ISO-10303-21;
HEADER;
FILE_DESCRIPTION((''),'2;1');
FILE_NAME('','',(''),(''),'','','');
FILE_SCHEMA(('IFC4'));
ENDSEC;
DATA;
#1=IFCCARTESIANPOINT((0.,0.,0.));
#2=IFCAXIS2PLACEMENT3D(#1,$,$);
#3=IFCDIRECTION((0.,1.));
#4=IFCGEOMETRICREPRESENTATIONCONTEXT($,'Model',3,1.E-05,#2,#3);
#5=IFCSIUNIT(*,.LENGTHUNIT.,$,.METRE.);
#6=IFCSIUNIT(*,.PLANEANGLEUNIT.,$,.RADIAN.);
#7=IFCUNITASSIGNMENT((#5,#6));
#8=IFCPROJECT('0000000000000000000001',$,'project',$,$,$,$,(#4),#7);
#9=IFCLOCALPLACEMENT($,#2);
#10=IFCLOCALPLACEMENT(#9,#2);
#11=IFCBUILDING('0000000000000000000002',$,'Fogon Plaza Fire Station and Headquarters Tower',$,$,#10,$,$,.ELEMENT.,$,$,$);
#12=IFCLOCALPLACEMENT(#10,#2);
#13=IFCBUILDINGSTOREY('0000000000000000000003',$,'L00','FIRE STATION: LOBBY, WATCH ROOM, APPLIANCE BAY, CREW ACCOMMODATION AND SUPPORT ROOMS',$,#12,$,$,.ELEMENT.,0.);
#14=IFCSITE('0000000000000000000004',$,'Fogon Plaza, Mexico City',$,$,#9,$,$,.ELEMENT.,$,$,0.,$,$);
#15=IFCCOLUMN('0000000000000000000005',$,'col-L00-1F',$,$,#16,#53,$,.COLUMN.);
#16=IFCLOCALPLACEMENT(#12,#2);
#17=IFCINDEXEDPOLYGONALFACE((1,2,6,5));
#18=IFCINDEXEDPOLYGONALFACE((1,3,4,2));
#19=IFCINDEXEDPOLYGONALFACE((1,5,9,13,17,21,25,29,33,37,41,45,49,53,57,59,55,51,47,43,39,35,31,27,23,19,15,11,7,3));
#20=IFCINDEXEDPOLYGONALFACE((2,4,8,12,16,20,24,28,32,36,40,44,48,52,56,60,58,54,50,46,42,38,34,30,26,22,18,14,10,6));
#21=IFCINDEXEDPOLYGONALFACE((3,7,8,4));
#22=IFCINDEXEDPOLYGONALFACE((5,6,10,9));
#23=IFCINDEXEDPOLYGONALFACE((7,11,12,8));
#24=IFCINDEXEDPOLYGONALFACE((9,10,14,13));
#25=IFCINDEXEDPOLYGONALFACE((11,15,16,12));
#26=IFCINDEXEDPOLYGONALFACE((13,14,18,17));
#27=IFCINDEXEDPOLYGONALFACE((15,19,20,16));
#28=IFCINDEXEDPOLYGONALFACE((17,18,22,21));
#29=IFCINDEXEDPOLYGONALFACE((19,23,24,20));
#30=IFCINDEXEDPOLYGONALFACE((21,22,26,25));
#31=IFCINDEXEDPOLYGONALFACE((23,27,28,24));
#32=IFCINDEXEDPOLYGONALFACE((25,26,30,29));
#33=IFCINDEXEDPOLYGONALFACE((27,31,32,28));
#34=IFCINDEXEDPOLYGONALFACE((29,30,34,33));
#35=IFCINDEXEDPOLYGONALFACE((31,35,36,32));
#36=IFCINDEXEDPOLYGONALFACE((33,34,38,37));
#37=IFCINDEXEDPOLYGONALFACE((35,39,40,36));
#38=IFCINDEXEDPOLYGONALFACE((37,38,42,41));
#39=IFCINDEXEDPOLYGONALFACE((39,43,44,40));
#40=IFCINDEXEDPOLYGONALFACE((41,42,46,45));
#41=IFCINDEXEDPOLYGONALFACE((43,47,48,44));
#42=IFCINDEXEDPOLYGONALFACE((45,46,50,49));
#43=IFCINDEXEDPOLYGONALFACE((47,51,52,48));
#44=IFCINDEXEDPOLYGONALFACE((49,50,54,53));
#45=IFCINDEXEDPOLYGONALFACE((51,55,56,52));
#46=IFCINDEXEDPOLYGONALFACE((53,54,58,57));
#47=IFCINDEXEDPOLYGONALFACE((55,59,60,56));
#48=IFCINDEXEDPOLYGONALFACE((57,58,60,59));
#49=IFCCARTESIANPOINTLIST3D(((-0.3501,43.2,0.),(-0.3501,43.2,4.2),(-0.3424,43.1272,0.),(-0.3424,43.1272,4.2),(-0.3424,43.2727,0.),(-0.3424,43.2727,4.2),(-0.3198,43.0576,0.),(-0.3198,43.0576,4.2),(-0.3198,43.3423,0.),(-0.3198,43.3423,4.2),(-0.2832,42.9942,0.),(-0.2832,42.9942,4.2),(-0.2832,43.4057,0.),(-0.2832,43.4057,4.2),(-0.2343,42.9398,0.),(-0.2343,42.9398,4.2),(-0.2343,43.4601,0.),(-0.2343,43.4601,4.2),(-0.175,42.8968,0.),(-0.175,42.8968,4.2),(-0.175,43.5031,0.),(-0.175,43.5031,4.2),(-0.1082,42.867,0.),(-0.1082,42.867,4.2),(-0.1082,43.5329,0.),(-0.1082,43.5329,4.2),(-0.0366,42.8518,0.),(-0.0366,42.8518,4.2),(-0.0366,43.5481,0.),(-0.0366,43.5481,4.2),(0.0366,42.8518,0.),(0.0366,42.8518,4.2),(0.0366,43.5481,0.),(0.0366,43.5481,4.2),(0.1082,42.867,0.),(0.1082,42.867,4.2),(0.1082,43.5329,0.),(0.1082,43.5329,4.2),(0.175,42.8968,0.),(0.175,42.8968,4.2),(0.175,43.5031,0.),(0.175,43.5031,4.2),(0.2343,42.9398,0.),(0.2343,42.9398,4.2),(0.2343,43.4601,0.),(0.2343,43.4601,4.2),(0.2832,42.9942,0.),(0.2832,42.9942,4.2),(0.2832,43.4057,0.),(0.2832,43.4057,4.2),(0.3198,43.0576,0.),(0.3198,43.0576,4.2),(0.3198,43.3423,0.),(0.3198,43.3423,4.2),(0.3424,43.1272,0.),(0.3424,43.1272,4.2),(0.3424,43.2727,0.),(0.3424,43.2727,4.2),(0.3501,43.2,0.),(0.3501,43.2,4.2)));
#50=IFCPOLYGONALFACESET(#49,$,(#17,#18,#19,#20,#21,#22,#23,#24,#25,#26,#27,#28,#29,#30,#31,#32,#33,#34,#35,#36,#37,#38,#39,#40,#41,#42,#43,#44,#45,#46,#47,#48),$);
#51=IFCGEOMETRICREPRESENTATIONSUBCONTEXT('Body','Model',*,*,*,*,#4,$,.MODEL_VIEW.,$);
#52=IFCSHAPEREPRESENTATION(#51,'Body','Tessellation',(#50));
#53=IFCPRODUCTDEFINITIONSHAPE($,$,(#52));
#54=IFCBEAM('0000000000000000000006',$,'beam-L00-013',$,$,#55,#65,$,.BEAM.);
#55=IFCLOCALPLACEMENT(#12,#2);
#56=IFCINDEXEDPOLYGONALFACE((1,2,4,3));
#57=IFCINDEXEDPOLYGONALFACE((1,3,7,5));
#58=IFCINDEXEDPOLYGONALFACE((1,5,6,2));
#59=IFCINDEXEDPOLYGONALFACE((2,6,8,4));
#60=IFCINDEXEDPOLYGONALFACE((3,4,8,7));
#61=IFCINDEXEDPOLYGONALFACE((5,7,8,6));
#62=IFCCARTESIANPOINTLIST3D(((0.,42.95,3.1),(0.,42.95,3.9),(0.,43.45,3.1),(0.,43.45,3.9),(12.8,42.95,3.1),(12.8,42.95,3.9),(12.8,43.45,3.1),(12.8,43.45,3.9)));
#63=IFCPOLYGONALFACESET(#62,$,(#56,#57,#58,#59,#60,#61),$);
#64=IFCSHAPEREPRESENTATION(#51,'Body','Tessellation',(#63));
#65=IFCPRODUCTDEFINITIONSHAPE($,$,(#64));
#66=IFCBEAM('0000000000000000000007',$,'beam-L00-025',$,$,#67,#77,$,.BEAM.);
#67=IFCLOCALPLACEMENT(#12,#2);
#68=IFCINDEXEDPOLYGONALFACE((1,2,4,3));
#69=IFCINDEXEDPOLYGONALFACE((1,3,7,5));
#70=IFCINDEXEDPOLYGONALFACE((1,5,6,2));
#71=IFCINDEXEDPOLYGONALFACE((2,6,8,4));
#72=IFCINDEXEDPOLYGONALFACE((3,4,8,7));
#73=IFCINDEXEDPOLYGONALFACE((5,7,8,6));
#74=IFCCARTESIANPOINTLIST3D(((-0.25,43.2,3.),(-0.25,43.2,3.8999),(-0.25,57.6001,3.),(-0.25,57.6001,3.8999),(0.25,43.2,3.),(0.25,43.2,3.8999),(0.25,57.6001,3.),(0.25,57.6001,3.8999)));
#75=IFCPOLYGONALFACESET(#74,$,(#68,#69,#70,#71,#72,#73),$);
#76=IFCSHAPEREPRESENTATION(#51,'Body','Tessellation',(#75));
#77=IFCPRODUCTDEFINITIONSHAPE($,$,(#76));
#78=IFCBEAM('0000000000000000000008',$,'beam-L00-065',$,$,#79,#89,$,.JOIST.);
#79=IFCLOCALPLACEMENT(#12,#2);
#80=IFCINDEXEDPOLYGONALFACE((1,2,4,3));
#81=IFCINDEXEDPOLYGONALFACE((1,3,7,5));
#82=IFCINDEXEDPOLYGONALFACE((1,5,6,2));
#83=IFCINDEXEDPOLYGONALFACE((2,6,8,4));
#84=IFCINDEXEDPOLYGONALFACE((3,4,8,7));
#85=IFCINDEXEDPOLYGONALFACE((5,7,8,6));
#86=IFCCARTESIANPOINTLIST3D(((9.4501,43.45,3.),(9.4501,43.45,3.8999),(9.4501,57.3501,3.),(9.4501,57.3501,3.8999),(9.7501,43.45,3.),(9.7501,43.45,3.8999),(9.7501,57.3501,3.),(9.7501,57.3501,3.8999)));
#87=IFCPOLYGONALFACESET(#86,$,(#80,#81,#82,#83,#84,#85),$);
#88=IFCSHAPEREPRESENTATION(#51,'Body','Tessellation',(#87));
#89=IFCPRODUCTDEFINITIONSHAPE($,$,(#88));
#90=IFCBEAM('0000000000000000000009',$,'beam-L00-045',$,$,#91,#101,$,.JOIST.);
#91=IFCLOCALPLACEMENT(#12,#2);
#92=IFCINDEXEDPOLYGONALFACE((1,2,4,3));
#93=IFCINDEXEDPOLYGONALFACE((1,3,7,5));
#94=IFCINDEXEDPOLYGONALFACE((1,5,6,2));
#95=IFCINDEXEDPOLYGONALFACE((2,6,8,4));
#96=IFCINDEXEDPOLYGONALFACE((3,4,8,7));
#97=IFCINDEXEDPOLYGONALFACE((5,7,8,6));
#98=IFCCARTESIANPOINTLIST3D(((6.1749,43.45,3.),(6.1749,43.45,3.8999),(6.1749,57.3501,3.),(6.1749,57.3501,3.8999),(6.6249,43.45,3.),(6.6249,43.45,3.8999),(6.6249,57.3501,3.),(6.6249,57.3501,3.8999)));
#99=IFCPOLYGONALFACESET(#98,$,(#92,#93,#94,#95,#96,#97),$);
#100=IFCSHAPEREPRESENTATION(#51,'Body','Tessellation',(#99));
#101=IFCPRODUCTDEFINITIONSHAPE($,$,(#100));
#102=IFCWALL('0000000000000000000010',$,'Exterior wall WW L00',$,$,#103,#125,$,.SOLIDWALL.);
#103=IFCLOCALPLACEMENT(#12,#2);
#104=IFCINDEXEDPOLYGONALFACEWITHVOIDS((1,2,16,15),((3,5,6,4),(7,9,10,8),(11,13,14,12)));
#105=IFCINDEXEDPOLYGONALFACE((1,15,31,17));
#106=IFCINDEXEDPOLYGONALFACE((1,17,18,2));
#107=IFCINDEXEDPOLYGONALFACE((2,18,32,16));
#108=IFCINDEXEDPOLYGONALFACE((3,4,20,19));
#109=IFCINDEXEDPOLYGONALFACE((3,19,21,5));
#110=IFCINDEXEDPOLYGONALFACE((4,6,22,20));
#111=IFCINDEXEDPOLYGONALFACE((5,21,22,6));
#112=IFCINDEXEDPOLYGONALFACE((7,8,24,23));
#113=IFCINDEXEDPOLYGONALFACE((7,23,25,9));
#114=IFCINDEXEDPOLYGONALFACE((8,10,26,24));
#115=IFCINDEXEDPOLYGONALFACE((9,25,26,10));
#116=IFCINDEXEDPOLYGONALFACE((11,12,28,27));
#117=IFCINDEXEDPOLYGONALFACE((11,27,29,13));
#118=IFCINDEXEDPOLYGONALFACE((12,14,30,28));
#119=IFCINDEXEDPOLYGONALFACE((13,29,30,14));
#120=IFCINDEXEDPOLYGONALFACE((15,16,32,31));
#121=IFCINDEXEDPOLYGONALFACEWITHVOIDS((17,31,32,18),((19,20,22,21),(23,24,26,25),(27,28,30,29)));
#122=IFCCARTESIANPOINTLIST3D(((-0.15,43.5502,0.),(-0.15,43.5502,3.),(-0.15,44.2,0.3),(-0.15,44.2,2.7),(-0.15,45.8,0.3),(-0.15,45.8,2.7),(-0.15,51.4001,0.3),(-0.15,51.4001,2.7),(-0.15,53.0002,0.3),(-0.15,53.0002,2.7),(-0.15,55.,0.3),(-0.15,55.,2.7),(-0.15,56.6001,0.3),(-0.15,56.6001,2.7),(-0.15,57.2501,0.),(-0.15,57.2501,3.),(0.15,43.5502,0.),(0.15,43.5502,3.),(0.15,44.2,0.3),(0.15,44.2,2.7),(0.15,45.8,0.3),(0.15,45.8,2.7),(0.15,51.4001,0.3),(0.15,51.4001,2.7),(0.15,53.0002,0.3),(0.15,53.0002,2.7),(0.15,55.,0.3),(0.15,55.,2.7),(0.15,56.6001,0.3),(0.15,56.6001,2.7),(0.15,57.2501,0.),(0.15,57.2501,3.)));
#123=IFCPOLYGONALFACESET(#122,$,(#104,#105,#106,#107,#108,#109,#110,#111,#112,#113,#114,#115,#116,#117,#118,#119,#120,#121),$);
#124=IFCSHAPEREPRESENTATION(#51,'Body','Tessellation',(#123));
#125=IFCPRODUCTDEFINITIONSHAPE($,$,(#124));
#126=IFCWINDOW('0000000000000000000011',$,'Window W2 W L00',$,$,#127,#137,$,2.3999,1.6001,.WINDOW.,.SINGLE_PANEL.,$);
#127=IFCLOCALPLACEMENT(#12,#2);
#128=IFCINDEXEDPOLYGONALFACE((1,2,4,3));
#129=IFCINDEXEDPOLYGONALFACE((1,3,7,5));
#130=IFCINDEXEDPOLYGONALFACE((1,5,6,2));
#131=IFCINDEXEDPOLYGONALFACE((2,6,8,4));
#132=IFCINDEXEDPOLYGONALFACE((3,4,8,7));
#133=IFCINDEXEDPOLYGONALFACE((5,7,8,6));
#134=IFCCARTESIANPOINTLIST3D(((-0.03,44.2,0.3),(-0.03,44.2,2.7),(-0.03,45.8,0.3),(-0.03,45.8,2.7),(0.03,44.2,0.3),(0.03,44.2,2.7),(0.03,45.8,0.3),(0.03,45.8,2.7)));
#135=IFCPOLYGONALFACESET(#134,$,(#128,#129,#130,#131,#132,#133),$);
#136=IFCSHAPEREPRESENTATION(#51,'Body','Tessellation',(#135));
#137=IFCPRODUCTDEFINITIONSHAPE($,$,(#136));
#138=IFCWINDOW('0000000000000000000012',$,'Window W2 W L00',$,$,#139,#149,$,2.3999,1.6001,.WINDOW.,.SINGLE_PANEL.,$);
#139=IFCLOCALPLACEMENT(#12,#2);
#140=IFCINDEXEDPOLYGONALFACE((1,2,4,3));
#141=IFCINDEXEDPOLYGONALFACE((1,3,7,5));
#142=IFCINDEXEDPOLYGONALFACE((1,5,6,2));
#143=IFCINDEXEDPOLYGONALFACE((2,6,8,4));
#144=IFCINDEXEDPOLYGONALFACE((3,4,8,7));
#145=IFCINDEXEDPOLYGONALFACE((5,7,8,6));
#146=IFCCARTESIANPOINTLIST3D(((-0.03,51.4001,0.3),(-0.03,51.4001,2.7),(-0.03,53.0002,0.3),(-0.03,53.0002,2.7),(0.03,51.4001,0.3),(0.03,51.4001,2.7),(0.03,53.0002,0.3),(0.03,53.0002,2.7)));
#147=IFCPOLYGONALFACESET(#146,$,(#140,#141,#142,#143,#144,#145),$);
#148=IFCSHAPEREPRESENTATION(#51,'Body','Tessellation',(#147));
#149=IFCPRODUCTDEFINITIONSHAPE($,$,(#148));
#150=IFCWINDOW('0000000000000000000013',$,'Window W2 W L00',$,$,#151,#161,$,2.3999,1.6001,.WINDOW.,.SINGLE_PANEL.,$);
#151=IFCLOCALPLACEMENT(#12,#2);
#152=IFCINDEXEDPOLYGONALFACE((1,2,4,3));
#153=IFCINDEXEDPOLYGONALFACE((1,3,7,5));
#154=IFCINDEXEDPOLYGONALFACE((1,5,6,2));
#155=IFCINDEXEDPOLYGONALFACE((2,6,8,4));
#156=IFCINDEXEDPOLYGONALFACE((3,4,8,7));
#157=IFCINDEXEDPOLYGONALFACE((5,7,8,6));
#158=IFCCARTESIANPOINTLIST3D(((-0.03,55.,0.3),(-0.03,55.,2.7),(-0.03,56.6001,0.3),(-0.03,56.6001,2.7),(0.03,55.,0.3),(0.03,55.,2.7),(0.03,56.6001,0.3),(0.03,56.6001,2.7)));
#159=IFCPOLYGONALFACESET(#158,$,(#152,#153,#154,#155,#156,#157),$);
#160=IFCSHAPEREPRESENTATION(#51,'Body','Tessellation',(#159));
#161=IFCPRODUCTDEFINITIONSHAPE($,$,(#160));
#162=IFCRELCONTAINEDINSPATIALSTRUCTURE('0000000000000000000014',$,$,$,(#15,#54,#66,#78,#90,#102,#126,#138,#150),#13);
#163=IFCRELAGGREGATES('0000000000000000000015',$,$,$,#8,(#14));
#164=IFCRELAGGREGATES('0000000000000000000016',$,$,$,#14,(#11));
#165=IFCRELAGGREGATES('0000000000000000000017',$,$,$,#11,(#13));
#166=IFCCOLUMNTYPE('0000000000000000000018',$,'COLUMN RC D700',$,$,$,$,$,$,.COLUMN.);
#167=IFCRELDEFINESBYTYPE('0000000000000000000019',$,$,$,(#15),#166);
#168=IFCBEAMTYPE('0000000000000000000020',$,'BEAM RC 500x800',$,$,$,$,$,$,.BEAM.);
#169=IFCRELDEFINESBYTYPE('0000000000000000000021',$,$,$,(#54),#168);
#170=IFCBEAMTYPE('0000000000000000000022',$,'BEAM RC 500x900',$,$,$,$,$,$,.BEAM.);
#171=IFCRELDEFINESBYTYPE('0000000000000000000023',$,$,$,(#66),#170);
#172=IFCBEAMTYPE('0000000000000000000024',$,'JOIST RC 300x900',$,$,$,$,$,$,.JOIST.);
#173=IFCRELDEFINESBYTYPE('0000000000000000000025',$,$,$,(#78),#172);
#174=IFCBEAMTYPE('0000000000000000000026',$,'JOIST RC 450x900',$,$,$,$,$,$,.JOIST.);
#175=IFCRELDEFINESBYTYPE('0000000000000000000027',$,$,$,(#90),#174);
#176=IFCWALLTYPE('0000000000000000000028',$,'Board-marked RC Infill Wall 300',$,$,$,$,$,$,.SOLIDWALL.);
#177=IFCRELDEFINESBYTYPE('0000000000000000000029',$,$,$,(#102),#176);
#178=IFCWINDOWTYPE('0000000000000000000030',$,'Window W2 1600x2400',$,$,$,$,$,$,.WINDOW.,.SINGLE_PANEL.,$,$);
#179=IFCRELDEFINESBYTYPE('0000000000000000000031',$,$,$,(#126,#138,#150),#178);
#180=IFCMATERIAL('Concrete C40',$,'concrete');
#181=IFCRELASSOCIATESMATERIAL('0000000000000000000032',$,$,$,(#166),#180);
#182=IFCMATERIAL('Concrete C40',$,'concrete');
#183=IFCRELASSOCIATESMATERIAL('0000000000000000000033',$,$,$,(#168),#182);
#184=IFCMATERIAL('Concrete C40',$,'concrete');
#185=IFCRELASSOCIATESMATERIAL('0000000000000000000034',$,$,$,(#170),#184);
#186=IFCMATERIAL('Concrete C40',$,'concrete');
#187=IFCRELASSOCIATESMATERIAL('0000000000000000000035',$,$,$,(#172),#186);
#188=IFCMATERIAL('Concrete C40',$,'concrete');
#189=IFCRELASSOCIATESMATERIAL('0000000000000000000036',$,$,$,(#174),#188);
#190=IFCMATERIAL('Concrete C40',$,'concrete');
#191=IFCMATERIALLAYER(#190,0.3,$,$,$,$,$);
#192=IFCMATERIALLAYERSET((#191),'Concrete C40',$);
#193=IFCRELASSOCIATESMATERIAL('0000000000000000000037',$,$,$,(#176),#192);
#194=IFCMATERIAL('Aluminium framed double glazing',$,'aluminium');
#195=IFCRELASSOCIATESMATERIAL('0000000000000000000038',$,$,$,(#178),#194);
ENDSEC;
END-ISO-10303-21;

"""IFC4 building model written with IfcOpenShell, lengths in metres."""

from ifc_helpers import new_model, si_unit, direction, frame, frame_2d, origin, origin_2d, place, context, subcontext, project, spatial, rectangle, circle, extrude, material, layer, layer_set, material_profile, profile_set, type_object, element, fill, save


model = new_model("IFC4")

# Units and contexts
model_context = context("Model", 3, precision=1e-05, world=origin(), true_north=direction((0.0, 1.0)))
body_context = subcontext(model_context, "Body", "Model", "MODEL_VIEW")
ifc_project = project(units=[si_unit("LENGTHUNIT", "METRE"), si_unit("PLANEANGLEUNIT", "RADIAN")], contexts=[model_context])

# Site, building, storey
site_placement = place(None, origin())
site = spatial("IfcSite", under=ifc_project, at=site_placement, Name="Fogon Plaza, Mexico City", CompositionType="ELEMENT", RefElevation=0.0)
building_placement = place(site_placement, origin())
building = spatial("IfcBuilding", under=site, at=building_placement, Name="Fogon Plaza Fire Station and Headquarters Tower", CompositionType="ELEMENT")
storey_placement = place(building_placement, origin())
storey = spatial("IfcBuildingStorey", under=building, at=storey_placement, Name="L00", Description="FIRE STATION: LOBBY, WATCH ROOM, APPLIANCE BAY, CREW ACCOMMODATION AND SUPPORT ROOMS", CompositionType="ELEMENT", Elevation=0.0)

# Column
ifc_material_1 = material(Name="Concrete C40", Category="concrete")
ifc_material_profile_1 = material_profile(ifc_material_1, circle(Radius=0.3501, at=origin_2d()), Name="RC D700")
ifc_profile_set_1 = profile_set([ifc_material_profile_1], Name="Concrete C40")
column_type = type_object("IfcColumnType", Name="COLUMN RC D700", PredefinedType="COLUMN", material=ifc_profile_set_1)
column_placement = place(storey_placement, frame((0.0, 43.2, 0.0), z_axis=(0.0, 0.0, 1.0), x_axis=(1.0, 0.0, 0.0)))
element("IfcColumn", 1, at=column_placement, inside=storey, type_object=column_type, Name="col-L00-1F", PredefinedType="COLUMN", context=body_context, shape_type="SweptSolid", body=[
    extrude(circle(Radius=0.3501, at=origin_2d()), origin(), (0.0, 0.0, 1.0), 4.2),
])

# Beams
ifc_material_2 = material(Name="Concrete C40", Category="concrete")
ifc_material_profile_2 = material_profile(ifc_material_2, rectangle(XDim=0.5, YDim=0.8, at=origin_2d()), Name="RC 500x800")
ifc_profile_set_2 = profile_set([ifc_material_profile_2], Name="Concrete C40")
beam_type_1 = type_object("IfcBeamType", Name="BEAM RC 500x800", PredefinedType="BEAM", material=ifc_profile_set_2)
beam_1_placement = place(storey_placement, frame((0.0, 43.2, 3.5), z_axis=(1.0, 0.0, 0.0), x_axis=(0.0, 1.0, 0.0)))
element("IfcBeam", 2, at=beam_1_placement, inside=storey, type_object=beam_type_1, Name="beam-L00-013", PredefinedType="BEAM", context=body_context, shape_type="SweptSolid", body=[
    extrude(rectangle(XDim=0.5, YDim=0.8, at=origin_2d()), origin(), (0.0, 0.0, 1.0), 12.8),
])
ifc_material_3 = material(Name="Concrete C40", Category="concrete")
ifc_material_profile_3 = material_profile(ifc_material_3, rectangle(XDim=0.5, YDim=0.8999, at=origin_2d()), Name="RC 500x900")
ifc_profile_set_3 = profile_set([ifc_material_profile_3], Name="Concrete C40")
beam_type_2 = type_object("IfcBeamType", Name="BEAM RC 500x900", PredefinedType="BEAM", material=ifc_profile_set_3)
beam_2_placement = place(storey_placement, frame((0.0, 43.2, 3.45), z_axis=(0.0, 1.0, 0.0), x_axis=(-1.0, 0.0, 0.0)))
element("IfcBeam", 3, at=beam_2_placement, inside=storey, type_object=beam_type_2, Name="beam-L00-025", PredefinedType="BEAM", context=body_context, shape_type="SweptSolid", body=[
    extrude(rectangle(XDim=0.5, YDim=0.8999, at=origin_2d()), origin(), (0.0, 0.0, 1.0), 14.4001),
])
ifc_material_4 = material(Name="Concrete C40", Category="concrete")
ifc_material_profile_4 = material_profile(ifc_material_4, rectangle(XDim=0.3, YDim=0.8999, at=origin_2d()), Name="RC 300x900")
ifc_profile_set_4 = profile_set([ifc_material_profile_4], Name="Concrete C40")
beam_type_3 = type_object("IfcBeamType", Name="JOIST RC 300x900", PredefinedType="JOIST", material=ifc_profile_set_4)
beam_3_placement = place(storey_placement, frame((9.6001, 43.45, 3.45), z_axis=(0.0, 1.0, 0.0), x_axis=(-1.0, 0.0, 0.0)))
element("IfcBeam", 4, at=beam_3_placement, inside=storey, type_object=beam_type_3, Name="beam-L00-065", PredefinedType="JOIST", context=body_context, shape_type="SweptSolid", body=[
    extrude(rectangle(XDim=0.3, YDim=0.8999, at=origin_2d()), origin(), (0.0, 0.0, 1.0), 13.9001),
])
ifc_material_5 = material(Name="Concrete C40", Category="concrete")
ifc_material_profile_5 = material_profile(ifc_material_5, rectangle(XDim=0.45, YDim=0.8999, at=origin_2d()), Name="RC 450x900")
ifc_profile_set_5 = profile_set([ifc_material_profile_5], Name="Concrete C40")
beam_type_4 = type_object("IfcBeamType", Name="JOIST RC 450x900", PredefinedType="JOIST", material=ifc_profile_set_5)
beam_4_placement = place(storey_placement, frame((6.3999, 43.45, 3.45), z_axis=(0.0, 1.0, 0.0), x_axis=(-1.0, 0.0, 0.0)))
element("IfcBeam", 5, at=beam_4_placement, inside=storey, type_object=beam_type_4, Name="beam-L00-045", PredefinedType="JOIST", context=body_context, shape_type="SweptSolid", body=[
    extrude(rectangle(XDim=0.45, YDim=0.8999, at=origin_2d()), origin(), (0.0, 0.0, 1.0), 13.9001),
])

# Wall, openings, windows
ifc_material_6 = material(Name="Concrete C40", Category="concrete")
ifc_layer_1 = layer(ifc_material_6, 0.3)
ifc_layer_set_1 = layer_set([ifc_layer_1], Name="Concrete C40")
wall_type_1 = type_object("IfcWallType", Name="Board-marked RC Infill Wall 300", PredefinedType="SOLIDWALL", material=ifc_layer_set_1)
wall_1_placement = place(storey_placement, frame((0.0, 43.55, 0.0), z_axis=(0.0, 0.0, 1.0), x_axis=(0.0, 1.0, 0.0)))
wall_1 = element("IfcWall", 6, at=wall_1_placement, inside=storey, type_object=wall_type_1, Name="Exterior wall WW L00", PredefinedType="SOLIDWALL", context=body_context, shape_type="SweptSolid", body=[
    extrude(rectangle(XDim=13.7, YDim=0.3, at=frame_2d((6.8501, 0.0))), origin(), (0.0, 0.0, 1.0), 3.0),
])
opening_1_placement = place(wall_1_placement, frame((0.6499, 0.0, 0.3)))
opening_1 = element("IfcOpeningElement", 7, at=opening_1_placement, cuts=wall_1, PredefinedType="OPENING", context=body_context, shape_type="SweptSolid", body=[
    extrude(rectangle(XDim=1.6001, YDim=2.3999, at=frame_2d((0.8, 1.2))), frame((0.0, 0.1599, 0.0), z_axis=(0.0, -1.0, 0.0), x_axis=(1.0, 0.0, 0.0)), (0.0, 0.0, 1.0), 0.3201),
])
opening_2_placement = place(wall_1_placement, frame((7.8501, 0.0, 0.3)))
opening_2 = element("IfcOpeningElement", 8, at=opening_2_placement, cuts=wall_1, PredefinedType="OPENING", context=body_context, shape_type="SweptSolid", body=[
    extrude(rectangle(XDim=1.6001, YDim=2.3999, at=frame_2d((0.8, 1.2))), frame((0.0, 0.1599, 0.0), z_axis=(0.0, -1.0, 0.0), x_axis=(1.0, 0.0, 0.0)), (0.0, 0.0, 1.0), 0.3201),
])
opening_3_placement = place(wall_1_placement, frame((11.45, 0.0, 0.3)))
opening_3 = element("IfcOpeningElement", 9, at=opening_3_placement, cuts=wall_1, PredefinedType="OPENING", context=body_context, shape_type="SweptSolid", body=[
    extrude(rectangle(XDim=1.6001, YDim=2.3999, at=frame_2d((0.8, 1.2))), frame((0.0, 0.1599, 0.0), z_axis=(0.0, -1.0, 0.0), x_axis=(1.0, 0.0, 0.0)), (0.0, 0.0, 1.0), 0.3201),
])
ifc_material_7 = material(Name="Aluminium framed double glazing", Category="aluminium")
window_type = type_object("IfcWindowType", Name="Window W2 1600x2400", PartitioningType="SINGLE_PANEL", PredefinedType="WINDOW", material=ifc_material_7)
window_1_placement = place(opening_1_placement, origin())
window_1 = element("IfcWindow", 10, at=window_1_placement, inside=storey, type_object=window_type, Name="Window W2 W L00", OverallHeight=2.3999, OverallWidth=1.6001, PartitioningType="SINGLE_PANEL", PredefinedType="WINDOW", context=body_context, shape_type="SweptSolid", body=[
    extrude(rectangle(XDim=1.6001, YDim=2.3999, at=frame_2d((0.8, 1.2))), frame((0.0, 0.03, 0.0), z_axis=(0.0, -1.0, 0.0), x_axis=(1.0, 0.0, 0.0)), (0.0, 0.0, 1.0), 0.0601),
])
fill(opening_1, window_1)
window_2_placement = place(opening_2_placement, origin())
window_2 = element("IfcWindow", 11, at=window_2_placement, inside=storey, type_object=window_type, Name="Window W2 W L00", OverallHeight=2.3999, OverallWidth=1.6001, PartitioningType="SINGLE_PANEL", PredefinedType="WINDOW", context=body_context, shape_type="SweptSolid", body=[
    extrude(rectangle(XDim=1.6001, YDim=2.3999, at=frame_2d((0.8, 1.2))), frame((0.0, 0.03, 0.0), z_axis=(0.0, -1.0, 0.0), x_axis=(1.0, 0.0, 0.0)), (0.0, 0.0, 1.0), 0.0601),
])
fill(opening_2, window_2)
window_3_placement = place(opening_3_placement, origin())
window_3 = element("IfcWindow", 12, at=window_3_placement, inside=storey, type_object=window_type, Name="Window W2 W L00", OverallHeight=2.3999, OverallWidth=1.6001, PartitioningType="SINGLE_PANEL", PredefinedType="WINDOW", context=body_context, shape_type="SweptSolid", body=[
    extrude(rectangle(XDim=1.6001, YDim=2.3999, at=frame_2d((0.8, 1.2))), frame((0.0, 0.03, 0.0), z_axis=(0.0, -1.0, 0.0), x_axis=(1.0, 0.0, 0.0)), (0.0, 0.0, 1.0), 0.0601),
])
fill(opening_3, window_3)

save(model, "model.ifc")
